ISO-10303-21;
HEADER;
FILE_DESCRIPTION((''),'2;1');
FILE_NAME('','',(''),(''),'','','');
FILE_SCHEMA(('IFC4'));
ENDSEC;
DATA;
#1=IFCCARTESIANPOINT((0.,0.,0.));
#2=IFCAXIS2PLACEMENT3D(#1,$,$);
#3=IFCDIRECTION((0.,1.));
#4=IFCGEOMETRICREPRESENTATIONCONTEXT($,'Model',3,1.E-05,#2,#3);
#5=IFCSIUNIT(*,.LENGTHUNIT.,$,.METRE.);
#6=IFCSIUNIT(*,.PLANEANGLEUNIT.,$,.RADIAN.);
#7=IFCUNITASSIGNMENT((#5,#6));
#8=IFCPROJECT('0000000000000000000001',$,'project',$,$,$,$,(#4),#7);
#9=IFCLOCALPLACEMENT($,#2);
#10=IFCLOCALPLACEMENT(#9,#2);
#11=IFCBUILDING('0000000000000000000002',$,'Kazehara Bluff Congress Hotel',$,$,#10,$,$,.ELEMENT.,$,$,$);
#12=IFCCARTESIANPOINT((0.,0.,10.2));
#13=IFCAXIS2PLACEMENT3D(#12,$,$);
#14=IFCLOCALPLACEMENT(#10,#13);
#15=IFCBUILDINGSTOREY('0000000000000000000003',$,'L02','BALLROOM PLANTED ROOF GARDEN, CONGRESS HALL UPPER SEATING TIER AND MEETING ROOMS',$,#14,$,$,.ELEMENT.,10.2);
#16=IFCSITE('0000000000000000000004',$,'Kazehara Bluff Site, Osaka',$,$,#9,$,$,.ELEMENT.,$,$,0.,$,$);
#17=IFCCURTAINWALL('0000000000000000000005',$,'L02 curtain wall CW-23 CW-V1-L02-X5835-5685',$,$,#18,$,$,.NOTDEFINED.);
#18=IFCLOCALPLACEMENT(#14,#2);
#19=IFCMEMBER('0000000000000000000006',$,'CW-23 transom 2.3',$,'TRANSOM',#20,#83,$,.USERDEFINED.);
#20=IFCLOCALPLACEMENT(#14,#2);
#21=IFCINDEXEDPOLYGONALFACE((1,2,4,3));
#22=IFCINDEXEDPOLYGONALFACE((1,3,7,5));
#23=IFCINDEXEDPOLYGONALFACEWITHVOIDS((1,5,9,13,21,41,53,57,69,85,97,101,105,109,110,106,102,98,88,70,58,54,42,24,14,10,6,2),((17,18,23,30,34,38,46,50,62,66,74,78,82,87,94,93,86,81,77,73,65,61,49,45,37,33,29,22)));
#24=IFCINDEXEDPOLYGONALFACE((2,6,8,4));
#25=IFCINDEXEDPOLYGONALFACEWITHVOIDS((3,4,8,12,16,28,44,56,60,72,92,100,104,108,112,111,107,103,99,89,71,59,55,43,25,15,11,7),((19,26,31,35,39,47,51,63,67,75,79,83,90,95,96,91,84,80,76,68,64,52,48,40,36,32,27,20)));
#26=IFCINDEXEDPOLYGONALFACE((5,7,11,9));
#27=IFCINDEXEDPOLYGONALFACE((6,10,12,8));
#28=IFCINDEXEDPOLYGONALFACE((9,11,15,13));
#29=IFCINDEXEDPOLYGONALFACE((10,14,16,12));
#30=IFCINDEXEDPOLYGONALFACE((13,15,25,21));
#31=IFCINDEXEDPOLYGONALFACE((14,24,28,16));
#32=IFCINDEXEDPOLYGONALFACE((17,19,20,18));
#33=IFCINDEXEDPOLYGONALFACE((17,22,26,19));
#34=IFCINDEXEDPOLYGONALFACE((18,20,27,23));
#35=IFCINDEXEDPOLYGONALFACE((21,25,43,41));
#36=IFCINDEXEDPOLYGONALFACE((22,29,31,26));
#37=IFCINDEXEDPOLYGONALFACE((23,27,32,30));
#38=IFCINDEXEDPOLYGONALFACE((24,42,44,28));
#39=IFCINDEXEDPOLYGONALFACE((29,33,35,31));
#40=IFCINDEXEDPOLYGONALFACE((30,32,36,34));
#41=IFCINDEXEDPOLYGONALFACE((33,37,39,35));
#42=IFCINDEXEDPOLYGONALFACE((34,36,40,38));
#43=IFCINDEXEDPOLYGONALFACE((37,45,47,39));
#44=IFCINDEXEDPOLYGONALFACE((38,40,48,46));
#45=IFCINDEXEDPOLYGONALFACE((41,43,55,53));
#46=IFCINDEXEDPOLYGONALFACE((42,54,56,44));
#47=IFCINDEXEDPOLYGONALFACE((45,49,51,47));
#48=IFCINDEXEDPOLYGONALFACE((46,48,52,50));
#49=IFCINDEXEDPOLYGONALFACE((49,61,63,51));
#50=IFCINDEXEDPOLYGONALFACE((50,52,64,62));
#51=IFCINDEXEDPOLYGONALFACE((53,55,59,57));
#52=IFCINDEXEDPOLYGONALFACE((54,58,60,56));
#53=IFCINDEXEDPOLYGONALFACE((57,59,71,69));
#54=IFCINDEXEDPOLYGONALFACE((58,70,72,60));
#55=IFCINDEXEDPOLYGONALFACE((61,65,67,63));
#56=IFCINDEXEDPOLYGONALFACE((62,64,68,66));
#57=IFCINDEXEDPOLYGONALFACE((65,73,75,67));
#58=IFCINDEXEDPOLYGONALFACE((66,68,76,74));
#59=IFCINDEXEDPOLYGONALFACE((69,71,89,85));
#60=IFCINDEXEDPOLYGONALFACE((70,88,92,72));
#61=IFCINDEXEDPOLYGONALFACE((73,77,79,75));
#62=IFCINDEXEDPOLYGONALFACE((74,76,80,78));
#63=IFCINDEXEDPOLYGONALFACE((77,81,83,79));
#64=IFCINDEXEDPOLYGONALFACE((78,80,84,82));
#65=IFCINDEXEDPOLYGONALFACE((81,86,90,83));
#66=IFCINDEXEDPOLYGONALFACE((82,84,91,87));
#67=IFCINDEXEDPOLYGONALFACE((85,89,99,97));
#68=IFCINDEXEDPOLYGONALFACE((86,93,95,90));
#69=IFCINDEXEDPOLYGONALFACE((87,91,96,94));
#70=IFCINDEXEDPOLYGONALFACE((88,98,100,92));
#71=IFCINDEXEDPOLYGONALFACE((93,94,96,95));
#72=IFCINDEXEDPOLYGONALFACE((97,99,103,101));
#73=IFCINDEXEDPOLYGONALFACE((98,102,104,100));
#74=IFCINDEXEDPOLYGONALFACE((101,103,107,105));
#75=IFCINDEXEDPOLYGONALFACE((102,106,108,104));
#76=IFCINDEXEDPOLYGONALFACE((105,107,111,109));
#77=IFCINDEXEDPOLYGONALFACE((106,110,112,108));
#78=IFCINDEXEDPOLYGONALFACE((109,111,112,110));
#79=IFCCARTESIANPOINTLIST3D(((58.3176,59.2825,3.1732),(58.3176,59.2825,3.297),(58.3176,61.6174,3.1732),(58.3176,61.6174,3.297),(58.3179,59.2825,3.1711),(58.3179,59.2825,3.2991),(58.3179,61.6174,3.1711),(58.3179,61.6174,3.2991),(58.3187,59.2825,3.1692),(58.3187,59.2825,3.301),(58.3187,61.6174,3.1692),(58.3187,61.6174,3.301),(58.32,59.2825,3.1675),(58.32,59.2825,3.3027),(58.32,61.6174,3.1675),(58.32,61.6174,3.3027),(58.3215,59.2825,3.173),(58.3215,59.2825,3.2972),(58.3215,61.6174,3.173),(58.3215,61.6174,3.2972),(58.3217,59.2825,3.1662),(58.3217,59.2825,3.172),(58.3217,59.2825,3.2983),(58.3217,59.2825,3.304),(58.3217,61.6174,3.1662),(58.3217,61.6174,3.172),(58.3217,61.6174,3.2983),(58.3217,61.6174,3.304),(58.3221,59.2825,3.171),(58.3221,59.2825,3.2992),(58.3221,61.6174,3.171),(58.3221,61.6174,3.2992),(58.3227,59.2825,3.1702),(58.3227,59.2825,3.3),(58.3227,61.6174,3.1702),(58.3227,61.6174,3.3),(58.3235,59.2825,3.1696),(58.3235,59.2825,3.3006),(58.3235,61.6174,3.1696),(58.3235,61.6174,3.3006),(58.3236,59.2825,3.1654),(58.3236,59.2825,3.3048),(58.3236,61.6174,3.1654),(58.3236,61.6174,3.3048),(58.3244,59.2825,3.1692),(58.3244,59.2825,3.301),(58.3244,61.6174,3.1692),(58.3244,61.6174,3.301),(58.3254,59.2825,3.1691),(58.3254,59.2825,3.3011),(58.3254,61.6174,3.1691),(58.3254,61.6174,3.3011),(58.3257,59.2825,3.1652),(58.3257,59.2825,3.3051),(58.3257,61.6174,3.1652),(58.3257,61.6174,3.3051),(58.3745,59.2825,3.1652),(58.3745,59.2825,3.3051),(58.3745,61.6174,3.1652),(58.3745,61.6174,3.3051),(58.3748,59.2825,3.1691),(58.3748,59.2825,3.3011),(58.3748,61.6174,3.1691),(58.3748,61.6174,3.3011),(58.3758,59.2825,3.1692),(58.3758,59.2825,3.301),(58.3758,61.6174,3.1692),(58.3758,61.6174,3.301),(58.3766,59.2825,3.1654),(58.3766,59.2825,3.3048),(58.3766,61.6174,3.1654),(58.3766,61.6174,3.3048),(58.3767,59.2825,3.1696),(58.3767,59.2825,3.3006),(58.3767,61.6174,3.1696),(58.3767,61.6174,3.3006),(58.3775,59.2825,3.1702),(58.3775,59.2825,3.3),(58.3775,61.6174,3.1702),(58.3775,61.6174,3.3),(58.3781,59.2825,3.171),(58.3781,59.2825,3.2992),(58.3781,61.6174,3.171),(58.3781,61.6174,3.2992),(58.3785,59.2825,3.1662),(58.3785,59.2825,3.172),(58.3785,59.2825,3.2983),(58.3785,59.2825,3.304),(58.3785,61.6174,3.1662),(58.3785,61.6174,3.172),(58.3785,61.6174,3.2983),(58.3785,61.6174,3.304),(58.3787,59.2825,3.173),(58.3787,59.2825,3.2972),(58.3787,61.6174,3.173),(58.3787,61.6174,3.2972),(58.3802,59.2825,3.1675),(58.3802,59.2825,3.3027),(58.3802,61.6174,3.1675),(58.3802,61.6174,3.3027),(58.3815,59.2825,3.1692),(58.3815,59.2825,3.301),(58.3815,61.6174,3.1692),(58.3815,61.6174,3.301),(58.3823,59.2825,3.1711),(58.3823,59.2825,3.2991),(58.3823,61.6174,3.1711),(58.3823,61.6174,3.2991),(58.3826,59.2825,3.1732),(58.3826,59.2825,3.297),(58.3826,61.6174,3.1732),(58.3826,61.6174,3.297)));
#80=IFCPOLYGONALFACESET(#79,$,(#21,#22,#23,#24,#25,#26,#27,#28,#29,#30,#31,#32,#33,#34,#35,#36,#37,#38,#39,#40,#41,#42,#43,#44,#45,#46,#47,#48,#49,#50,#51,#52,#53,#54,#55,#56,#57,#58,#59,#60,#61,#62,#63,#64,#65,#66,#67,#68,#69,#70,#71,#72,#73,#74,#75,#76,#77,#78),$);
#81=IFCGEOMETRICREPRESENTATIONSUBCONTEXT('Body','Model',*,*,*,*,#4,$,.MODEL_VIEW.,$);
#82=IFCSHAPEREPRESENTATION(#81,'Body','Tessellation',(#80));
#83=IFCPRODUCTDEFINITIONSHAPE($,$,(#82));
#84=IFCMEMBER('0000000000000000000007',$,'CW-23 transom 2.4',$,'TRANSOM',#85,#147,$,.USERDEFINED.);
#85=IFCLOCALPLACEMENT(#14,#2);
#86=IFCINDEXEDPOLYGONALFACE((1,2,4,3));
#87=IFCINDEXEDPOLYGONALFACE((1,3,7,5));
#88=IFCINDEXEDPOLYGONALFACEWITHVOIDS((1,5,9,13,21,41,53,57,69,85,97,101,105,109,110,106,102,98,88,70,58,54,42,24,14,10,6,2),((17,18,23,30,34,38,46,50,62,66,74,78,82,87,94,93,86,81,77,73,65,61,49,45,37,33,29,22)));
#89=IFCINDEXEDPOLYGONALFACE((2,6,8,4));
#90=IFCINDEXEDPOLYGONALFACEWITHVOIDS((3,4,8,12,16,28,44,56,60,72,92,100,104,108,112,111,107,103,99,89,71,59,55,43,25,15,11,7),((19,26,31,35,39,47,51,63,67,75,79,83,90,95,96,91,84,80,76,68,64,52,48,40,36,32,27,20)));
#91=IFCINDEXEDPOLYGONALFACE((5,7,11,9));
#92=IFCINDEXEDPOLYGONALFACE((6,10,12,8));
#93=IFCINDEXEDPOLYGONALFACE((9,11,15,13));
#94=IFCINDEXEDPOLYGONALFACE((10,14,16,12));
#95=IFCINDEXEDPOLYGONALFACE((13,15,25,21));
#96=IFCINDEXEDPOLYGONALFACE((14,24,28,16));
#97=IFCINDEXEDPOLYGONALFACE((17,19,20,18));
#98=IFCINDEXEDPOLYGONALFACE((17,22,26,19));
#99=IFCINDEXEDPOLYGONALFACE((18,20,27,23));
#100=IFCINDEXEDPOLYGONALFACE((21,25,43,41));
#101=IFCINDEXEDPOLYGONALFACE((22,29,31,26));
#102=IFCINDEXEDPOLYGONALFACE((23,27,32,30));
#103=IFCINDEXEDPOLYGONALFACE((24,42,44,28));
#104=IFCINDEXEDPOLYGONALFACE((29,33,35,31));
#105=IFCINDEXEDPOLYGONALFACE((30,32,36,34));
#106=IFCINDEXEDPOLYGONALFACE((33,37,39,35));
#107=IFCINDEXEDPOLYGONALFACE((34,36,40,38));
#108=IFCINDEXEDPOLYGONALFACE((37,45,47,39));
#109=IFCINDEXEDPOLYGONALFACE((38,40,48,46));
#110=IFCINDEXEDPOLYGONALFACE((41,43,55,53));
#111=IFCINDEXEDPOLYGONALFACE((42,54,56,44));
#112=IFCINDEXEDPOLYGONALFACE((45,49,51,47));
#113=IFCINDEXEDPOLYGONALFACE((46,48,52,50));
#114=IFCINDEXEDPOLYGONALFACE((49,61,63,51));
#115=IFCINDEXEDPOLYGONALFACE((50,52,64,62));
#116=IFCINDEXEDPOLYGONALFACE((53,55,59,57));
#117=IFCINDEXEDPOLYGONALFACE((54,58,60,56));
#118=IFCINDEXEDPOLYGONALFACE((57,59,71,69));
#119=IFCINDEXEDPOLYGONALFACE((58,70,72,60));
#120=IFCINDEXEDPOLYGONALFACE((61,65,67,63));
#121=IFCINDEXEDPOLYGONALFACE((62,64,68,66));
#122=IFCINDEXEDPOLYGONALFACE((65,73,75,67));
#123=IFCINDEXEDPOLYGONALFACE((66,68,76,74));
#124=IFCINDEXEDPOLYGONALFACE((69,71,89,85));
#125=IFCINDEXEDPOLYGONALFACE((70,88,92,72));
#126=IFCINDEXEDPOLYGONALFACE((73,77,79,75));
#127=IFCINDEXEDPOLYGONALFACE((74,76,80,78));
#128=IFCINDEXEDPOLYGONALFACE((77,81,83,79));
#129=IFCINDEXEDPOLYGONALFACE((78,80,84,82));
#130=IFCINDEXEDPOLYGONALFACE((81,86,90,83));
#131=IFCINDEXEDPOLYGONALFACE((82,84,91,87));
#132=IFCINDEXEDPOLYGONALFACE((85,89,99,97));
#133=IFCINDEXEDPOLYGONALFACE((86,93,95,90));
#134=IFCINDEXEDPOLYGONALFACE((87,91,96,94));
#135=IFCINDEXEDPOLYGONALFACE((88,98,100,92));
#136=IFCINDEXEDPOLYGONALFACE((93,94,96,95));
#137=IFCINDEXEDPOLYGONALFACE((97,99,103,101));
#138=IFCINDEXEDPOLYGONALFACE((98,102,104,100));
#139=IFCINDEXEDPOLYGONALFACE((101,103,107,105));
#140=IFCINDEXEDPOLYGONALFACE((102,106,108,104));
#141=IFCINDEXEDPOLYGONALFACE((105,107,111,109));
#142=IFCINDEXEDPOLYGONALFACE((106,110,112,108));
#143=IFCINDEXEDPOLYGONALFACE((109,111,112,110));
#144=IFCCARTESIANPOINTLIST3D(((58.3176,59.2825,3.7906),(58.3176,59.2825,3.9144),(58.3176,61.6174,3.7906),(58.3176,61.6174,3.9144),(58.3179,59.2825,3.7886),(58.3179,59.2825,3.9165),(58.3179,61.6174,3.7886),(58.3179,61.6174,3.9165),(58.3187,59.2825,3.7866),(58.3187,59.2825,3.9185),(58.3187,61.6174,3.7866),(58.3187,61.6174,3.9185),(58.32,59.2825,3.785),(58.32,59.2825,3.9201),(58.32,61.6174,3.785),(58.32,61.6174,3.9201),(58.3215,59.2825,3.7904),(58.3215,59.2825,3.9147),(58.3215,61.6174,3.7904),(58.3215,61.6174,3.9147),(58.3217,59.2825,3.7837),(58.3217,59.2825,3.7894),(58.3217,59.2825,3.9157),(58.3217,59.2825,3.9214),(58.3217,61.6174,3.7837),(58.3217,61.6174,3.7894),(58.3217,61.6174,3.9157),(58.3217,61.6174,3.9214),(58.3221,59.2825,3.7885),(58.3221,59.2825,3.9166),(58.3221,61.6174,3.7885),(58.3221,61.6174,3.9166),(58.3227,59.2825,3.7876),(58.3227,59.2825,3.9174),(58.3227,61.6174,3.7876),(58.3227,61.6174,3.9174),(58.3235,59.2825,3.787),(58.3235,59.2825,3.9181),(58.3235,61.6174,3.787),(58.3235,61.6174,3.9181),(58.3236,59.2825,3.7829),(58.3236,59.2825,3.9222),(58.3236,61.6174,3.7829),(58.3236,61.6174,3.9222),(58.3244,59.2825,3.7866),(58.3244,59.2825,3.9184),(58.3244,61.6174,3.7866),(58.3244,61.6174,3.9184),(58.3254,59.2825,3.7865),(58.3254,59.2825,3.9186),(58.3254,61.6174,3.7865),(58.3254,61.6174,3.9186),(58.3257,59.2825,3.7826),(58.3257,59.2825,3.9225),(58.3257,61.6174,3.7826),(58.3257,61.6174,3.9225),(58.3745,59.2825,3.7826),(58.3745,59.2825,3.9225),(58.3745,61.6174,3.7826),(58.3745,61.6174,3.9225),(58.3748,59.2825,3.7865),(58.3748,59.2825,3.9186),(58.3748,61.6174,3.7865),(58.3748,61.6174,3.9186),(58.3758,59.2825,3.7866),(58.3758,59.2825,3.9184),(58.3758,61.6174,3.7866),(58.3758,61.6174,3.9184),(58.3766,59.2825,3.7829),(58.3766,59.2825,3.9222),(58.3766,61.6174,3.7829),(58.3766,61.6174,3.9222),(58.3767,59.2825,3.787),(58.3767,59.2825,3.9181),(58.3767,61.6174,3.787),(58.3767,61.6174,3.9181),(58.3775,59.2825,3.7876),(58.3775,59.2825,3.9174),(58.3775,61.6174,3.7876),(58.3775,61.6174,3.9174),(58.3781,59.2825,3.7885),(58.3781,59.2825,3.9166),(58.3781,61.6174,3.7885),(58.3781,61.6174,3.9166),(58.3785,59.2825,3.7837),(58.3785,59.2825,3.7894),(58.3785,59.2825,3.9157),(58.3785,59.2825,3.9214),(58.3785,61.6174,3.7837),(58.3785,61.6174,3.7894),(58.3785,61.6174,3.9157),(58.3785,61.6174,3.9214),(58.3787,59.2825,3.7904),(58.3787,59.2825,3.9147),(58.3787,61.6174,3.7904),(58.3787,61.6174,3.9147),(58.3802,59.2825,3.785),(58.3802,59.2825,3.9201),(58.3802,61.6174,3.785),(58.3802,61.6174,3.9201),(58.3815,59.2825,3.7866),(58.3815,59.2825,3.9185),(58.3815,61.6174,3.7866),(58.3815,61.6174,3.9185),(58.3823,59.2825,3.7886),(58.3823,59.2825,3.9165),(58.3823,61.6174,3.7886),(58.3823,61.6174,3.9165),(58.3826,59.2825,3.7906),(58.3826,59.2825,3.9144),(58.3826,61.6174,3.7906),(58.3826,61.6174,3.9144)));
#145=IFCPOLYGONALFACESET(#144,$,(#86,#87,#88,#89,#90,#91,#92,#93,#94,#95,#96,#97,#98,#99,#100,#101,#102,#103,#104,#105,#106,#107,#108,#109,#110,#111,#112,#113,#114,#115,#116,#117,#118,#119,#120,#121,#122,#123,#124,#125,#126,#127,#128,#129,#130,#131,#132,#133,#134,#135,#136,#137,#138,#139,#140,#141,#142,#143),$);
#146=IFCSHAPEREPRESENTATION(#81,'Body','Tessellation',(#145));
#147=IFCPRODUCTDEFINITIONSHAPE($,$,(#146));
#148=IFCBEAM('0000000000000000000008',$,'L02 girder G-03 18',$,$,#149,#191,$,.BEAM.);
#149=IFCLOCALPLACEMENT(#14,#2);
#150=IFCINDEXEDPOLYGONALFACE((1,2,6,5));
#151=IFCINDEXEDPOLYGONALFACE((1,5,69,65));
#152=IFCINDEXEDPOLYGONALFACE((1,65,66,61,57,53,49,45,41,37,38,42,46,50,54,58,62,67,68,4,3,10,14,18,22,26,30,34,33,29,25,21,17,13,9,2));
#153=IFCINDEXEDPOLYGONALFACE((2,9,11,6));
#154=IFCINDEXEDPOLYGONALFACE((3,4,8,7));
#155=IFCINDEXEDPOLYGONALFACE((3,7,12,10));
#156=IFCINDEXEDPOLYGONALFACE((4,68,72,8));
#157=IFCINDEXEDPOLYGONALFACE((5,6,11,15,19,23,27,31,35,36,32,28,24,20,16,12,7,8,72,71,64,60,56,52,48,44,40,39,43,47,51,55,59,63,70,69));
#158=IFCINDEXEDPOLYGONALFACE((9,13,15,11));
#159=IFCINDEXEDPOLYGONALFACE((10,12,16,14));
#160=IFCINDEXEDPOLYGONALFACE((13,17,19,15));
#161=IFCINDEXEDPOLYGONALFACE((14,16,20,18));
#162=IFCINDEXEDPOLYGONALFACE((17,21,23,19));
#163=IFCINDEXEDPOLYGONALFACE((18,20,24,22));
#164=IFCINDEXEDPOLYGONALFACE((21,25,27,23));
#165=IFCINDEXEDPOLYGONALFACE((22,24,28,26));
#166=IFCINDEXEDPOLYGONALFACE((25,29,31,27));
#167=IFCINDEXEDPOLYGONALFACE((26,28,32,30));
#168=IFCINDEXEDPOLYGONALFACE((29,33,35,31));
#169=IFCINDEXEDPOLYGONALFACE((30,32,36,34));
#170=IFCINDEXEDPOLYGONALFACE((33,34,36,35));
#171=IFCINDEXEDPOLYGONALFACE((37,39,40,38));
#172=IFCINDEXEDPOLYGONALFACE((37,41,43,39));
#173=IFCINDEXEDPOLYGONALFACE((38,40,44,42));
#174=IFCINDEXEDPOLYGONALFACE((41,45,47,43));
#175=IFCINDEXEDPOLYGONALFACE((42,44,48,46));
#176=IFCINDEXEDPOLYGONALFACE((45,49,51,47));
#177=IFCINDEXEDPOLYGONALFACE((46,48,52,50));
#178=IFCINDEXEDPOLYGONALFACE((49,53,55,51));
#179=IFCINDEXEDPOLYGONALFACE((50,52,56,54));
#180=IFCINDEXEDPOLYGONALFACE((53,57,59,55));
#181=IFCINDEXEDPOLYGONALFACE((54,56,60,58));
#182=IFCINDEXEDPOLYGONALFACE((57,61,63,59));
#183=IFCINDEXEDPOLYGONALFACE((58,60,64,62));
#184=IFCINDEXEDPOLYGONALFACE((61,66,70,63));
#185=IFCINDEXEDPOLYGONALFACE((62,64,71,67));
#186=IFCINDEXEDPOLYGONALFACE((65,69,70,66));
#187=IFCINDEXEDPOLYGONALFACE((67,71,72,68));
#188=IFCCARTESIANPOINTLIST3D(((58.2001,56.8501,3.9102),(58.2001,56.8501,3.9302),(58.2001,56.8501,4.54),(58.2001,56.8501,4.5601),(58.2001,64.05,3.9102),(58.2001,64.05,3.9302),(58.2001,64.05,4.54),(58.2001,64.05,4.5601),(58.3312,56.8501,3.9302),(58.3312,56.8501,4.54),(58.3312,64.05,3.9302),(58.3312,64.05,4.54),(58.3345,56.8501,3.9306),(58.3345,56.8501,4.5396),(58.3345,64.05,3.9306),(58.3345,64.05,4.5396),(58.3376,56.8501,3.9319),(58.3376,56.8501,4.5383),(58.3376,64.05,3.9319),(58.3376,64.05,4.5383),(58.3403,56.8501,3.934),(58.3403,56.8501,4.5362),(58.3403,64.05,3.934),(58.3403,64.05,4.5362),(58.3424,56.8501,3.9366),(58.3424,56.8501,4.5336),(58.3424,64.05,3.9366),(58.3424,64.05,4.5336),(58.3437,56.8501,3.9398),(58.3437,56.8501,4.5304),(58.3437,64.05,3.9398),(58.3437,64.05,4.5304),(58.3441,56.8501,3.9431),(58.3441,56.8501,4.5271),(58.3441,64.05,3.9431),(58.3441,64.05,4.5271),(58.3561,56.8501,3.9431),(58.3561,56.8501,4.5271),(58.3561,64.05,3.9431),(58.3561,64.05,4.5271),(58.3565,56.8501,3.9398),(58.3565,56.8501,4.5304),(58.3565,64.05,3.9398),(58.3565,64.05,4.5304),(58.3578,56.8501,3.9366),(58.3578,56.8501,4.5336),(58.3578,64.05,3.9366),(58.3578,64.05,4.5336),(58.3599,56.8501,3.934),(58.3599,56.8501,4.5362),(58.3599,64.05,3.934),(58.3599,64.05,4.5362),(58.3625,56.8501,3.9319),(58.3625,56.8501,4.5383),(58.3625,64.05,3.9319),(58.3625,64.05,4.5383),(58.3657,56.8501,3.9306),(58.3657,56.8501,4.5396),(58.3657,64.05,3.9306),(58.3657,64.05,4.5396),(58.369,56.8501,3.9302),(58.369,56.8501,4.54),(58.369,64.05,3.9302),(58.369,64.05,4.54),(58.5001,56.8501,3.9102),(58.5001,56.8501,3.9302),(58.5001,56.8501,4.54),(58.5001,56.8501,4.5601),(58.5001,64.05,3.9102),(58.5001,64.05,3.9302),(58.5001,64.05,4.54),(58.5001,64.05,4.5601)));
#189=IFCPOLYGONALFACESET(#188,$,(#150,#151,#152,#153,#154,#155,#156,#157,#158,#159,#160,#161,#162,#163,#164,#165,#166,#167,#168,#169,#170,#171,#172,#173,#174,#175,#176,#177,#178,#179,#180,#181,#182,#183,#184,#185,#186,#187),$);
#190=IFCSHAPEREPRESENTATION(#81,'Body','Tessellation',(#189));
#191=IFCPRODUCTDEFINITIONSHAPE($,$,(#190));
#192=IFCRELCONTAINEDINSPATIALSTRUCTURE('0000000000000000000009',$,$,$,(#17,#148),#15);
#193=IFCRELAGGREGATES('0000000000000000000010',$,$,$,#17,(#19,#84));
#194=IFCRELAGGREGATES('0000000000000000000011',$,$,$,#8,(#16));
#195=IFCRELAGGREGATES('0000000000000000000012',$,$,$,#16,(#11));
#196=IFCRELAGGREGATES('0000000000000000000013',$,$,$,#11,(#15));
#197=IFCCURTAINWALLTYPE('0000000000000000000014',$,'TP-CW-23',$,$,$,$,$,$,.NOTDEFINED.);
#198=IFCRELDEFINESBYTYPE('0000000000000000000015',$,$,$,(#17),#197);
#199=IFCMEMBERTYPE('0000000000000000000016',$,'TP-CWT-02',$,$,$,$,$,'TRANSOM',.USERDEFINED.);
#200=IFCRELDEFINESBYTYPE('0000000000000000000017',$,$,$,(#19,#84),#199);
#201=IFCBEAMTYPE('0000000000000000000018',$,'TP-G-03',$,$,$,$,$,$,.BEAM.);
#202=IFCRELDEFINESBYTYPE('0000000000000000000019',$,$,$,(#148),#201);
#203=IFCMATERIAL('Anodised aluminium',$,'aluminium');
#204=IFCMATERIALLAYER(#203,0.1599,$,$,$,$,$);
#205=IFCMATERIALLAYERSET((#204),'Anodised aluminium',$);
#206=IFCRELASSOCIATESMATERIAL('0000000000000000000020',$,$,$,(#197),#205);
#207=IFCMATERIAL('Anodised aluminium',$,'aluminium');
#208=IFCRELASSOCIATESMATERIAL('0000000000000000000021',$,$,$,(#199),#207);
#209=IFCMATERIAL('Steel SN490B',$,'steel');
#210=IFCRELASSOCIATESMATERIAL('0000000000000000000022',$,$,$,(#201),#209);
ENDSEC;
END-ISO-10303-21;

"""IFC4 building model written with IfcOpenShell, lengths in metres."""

from ifc_helpers import new_model, si_unit, direction, frame, origin, origin_2d, place, context, subcontext, project, spatial, hollow_rectangle, i_section, extrude, material, layer, layer_set, material_profile, profile_set, type_object, element, aggregate, save


model = new_model("IFC4")

# Units and contexts
model_context = context("Model", 3, precision=1e-05, world=origin(), true_north=direction((0.0, 1.0)))
body_context = subcontext(model_context, "Body", "Model", "MODEL_VIEW")
ifc_project = project(units=[si_unit("LENGTHUNIT", "METRE"), si_unit("PLANEANGLEUNIT", "RADIAN")], contexts=[model_context])

# Site, building, storey
site_placement = place(None, origin())
site = spatial("IfcSite", under=ifc_project, at=site_placement, Name="Kazehara Bluff Site, Osaka", CompositionType="ELEMENT", RefElevation=0.0)
building_placement = place(site_placement, origin())
building = spatial("IfcBuilding", under=site, at=building_placement, Name="Kazehara Bluff Congress Hotel", CompositionType="ELEMENT")
storey_placement = place(building_placement, frame((0.0, 0.0, 10.2)))
storey = spatial("IfcBuildingStorey", under=building, at=storey_placement, Name="L02", Description="BALLROOM PLANTED ROOF GARDEN, CONGRESS HALL UPPER SEATING TIER AND MEETING ROOMS", CompositionType="ELEMENT", Elevation=10.2)

# Curtain wall, members
ifc_material_1 = material(Name="Anodised aluminium", Category="aluminium")
ifc_layer_1 = layer(ifc_material_1, 0.1599)
ifc_layer_set_1 = layer_set([ifc_layer_1], Name="Anodised aluminium")
curtain_wall_type = type_object("IfcCurtainWallType", Name="TP-CW-23", PredefinedType="NOTDEFINED", material=ifc_layer_set_1)
curtain_wall_placement = place(storey_placement, origin())
curtain_wall = element("IfcCurtainWall", 1, at=curtain_wall_placement, inside=storey, type_object=curtain_wall_type, Name="L02 curtain wall CW-23 CW-V1-L02-X5835-5685", PredefinedType="NOTDEFINED")
ifc_material_2 = material(Name="Anodised aluminium", Category="aluminium")
ifc_material_profile_1 = material_profile(ifc_material_2, hollow_rectangle(XDim=0.0649, YDim=0.1399, WallThickness=0.0039, InnerFilletRadius=0.0039, OuterFilletRadius=0.0081, at=origin_2d()))
ifc_profile_set_1 = profile_set([ifc_material_profile_1], Name="Anodised aluminium")
member_type_1 = type_object("IfcMemberType", Name="TP-CWT-02", ElementType="TRANSOM", PredefinedType="USERDEFINED", material=ifc_profile_set_1)
member_1_placement = place(storey_placement, frame((58.3501, 59.2825, 3.2351), z_axis=(0.0, 1.0, 0.0), x_axis=(-1.0, 0.0, 0.0)))
member_1 = element("IfcMember", 2, at=member_1_placement, type_object=member_type_1, Name="CW-23 transom 2.3", ObjectType="TRANSOM", PredefinedType="USERDEFINED", context=body_context, shape_type="SweptSolid", body=[
    extrude(hollow_rectangle(XDim=0.0649, YDim=0.1399, WallThickness=0.0039, InnerFilletRadius=0.0039, OuterFilletRadius=0.0081, at=origin_2d()), origin(), (0.0, 0.0, 1.0), 2.335),
])
member_2_placement = place(storey_placement, frame((58.3501, 59.2825, 3.8525), z_axis=(0.0, 1.0, 0.0), x_axis=(-1.0, 0.0, 0.0)))
member_2 = element("IfcMember", 3, at=member_2_placement, type_object=member_type_1, Name="CW-23 transom 2.4", ObjectType="TRANSOM", PredefinedType="USERDEFINED", context=body_context, shape_type="SweptSolid", body=[
    extrude(hollow_rectangle(XDim=0.0649, YDim=0.1399, WallThickness=0.0039, InnerFilletRadius=0.0039, OuterFilletRadius=0.0081, at=origin_2d()), origin(), (0.0, 0.0, 1.0), 2.335),
])

# Beam
ifc_material_3 = material(Name="Steel SN490B", Category="steel")
ifc_material_profile_2 = material_profile(ifc_material_3, i_section(OverallWidth=0.3, OverallDepth=0.6499, WebThickness=0.012, FlangeThickness=0.02, FilletRadius=0.0129, at=origin_2d()))
ifc_profile_set_2 = profile_set([ifc_material_profile_2], Name="Steel SN490B")
beam_type_1 = type_object("IfcBeamType", Name="TP-G-03", PredefinedType="BEAM", material=ifc_profile_set_2)
beam_1_placement = place(storey_placement, frame((58.3501, 56.8501, 4.2351), z_axis=(0.0, 1.0, 0.0), x_axis=(-1.0, 0.0, 0.0)))
element("IfcBeam", 4, at=beam_1_placement, inside=storey, type_object=beam_type_1, Name="L02 girder G-03 18", PredefinedType="BEAM", context=body_context, shape_type="SweptSolid", body=[
    extrude(i_section(OverallWidth=0.3, OverallDepth=0.6499, WebThickness=0.012, FlangeThickness=0.02, FilletRadius=0.0129, at=origin_2d()), origin(), (0.0, 0.0, 1.0), 7.2),
])

aggregate(curtain_wall, [member_1, member_2])

save(model, "model.ifc")
